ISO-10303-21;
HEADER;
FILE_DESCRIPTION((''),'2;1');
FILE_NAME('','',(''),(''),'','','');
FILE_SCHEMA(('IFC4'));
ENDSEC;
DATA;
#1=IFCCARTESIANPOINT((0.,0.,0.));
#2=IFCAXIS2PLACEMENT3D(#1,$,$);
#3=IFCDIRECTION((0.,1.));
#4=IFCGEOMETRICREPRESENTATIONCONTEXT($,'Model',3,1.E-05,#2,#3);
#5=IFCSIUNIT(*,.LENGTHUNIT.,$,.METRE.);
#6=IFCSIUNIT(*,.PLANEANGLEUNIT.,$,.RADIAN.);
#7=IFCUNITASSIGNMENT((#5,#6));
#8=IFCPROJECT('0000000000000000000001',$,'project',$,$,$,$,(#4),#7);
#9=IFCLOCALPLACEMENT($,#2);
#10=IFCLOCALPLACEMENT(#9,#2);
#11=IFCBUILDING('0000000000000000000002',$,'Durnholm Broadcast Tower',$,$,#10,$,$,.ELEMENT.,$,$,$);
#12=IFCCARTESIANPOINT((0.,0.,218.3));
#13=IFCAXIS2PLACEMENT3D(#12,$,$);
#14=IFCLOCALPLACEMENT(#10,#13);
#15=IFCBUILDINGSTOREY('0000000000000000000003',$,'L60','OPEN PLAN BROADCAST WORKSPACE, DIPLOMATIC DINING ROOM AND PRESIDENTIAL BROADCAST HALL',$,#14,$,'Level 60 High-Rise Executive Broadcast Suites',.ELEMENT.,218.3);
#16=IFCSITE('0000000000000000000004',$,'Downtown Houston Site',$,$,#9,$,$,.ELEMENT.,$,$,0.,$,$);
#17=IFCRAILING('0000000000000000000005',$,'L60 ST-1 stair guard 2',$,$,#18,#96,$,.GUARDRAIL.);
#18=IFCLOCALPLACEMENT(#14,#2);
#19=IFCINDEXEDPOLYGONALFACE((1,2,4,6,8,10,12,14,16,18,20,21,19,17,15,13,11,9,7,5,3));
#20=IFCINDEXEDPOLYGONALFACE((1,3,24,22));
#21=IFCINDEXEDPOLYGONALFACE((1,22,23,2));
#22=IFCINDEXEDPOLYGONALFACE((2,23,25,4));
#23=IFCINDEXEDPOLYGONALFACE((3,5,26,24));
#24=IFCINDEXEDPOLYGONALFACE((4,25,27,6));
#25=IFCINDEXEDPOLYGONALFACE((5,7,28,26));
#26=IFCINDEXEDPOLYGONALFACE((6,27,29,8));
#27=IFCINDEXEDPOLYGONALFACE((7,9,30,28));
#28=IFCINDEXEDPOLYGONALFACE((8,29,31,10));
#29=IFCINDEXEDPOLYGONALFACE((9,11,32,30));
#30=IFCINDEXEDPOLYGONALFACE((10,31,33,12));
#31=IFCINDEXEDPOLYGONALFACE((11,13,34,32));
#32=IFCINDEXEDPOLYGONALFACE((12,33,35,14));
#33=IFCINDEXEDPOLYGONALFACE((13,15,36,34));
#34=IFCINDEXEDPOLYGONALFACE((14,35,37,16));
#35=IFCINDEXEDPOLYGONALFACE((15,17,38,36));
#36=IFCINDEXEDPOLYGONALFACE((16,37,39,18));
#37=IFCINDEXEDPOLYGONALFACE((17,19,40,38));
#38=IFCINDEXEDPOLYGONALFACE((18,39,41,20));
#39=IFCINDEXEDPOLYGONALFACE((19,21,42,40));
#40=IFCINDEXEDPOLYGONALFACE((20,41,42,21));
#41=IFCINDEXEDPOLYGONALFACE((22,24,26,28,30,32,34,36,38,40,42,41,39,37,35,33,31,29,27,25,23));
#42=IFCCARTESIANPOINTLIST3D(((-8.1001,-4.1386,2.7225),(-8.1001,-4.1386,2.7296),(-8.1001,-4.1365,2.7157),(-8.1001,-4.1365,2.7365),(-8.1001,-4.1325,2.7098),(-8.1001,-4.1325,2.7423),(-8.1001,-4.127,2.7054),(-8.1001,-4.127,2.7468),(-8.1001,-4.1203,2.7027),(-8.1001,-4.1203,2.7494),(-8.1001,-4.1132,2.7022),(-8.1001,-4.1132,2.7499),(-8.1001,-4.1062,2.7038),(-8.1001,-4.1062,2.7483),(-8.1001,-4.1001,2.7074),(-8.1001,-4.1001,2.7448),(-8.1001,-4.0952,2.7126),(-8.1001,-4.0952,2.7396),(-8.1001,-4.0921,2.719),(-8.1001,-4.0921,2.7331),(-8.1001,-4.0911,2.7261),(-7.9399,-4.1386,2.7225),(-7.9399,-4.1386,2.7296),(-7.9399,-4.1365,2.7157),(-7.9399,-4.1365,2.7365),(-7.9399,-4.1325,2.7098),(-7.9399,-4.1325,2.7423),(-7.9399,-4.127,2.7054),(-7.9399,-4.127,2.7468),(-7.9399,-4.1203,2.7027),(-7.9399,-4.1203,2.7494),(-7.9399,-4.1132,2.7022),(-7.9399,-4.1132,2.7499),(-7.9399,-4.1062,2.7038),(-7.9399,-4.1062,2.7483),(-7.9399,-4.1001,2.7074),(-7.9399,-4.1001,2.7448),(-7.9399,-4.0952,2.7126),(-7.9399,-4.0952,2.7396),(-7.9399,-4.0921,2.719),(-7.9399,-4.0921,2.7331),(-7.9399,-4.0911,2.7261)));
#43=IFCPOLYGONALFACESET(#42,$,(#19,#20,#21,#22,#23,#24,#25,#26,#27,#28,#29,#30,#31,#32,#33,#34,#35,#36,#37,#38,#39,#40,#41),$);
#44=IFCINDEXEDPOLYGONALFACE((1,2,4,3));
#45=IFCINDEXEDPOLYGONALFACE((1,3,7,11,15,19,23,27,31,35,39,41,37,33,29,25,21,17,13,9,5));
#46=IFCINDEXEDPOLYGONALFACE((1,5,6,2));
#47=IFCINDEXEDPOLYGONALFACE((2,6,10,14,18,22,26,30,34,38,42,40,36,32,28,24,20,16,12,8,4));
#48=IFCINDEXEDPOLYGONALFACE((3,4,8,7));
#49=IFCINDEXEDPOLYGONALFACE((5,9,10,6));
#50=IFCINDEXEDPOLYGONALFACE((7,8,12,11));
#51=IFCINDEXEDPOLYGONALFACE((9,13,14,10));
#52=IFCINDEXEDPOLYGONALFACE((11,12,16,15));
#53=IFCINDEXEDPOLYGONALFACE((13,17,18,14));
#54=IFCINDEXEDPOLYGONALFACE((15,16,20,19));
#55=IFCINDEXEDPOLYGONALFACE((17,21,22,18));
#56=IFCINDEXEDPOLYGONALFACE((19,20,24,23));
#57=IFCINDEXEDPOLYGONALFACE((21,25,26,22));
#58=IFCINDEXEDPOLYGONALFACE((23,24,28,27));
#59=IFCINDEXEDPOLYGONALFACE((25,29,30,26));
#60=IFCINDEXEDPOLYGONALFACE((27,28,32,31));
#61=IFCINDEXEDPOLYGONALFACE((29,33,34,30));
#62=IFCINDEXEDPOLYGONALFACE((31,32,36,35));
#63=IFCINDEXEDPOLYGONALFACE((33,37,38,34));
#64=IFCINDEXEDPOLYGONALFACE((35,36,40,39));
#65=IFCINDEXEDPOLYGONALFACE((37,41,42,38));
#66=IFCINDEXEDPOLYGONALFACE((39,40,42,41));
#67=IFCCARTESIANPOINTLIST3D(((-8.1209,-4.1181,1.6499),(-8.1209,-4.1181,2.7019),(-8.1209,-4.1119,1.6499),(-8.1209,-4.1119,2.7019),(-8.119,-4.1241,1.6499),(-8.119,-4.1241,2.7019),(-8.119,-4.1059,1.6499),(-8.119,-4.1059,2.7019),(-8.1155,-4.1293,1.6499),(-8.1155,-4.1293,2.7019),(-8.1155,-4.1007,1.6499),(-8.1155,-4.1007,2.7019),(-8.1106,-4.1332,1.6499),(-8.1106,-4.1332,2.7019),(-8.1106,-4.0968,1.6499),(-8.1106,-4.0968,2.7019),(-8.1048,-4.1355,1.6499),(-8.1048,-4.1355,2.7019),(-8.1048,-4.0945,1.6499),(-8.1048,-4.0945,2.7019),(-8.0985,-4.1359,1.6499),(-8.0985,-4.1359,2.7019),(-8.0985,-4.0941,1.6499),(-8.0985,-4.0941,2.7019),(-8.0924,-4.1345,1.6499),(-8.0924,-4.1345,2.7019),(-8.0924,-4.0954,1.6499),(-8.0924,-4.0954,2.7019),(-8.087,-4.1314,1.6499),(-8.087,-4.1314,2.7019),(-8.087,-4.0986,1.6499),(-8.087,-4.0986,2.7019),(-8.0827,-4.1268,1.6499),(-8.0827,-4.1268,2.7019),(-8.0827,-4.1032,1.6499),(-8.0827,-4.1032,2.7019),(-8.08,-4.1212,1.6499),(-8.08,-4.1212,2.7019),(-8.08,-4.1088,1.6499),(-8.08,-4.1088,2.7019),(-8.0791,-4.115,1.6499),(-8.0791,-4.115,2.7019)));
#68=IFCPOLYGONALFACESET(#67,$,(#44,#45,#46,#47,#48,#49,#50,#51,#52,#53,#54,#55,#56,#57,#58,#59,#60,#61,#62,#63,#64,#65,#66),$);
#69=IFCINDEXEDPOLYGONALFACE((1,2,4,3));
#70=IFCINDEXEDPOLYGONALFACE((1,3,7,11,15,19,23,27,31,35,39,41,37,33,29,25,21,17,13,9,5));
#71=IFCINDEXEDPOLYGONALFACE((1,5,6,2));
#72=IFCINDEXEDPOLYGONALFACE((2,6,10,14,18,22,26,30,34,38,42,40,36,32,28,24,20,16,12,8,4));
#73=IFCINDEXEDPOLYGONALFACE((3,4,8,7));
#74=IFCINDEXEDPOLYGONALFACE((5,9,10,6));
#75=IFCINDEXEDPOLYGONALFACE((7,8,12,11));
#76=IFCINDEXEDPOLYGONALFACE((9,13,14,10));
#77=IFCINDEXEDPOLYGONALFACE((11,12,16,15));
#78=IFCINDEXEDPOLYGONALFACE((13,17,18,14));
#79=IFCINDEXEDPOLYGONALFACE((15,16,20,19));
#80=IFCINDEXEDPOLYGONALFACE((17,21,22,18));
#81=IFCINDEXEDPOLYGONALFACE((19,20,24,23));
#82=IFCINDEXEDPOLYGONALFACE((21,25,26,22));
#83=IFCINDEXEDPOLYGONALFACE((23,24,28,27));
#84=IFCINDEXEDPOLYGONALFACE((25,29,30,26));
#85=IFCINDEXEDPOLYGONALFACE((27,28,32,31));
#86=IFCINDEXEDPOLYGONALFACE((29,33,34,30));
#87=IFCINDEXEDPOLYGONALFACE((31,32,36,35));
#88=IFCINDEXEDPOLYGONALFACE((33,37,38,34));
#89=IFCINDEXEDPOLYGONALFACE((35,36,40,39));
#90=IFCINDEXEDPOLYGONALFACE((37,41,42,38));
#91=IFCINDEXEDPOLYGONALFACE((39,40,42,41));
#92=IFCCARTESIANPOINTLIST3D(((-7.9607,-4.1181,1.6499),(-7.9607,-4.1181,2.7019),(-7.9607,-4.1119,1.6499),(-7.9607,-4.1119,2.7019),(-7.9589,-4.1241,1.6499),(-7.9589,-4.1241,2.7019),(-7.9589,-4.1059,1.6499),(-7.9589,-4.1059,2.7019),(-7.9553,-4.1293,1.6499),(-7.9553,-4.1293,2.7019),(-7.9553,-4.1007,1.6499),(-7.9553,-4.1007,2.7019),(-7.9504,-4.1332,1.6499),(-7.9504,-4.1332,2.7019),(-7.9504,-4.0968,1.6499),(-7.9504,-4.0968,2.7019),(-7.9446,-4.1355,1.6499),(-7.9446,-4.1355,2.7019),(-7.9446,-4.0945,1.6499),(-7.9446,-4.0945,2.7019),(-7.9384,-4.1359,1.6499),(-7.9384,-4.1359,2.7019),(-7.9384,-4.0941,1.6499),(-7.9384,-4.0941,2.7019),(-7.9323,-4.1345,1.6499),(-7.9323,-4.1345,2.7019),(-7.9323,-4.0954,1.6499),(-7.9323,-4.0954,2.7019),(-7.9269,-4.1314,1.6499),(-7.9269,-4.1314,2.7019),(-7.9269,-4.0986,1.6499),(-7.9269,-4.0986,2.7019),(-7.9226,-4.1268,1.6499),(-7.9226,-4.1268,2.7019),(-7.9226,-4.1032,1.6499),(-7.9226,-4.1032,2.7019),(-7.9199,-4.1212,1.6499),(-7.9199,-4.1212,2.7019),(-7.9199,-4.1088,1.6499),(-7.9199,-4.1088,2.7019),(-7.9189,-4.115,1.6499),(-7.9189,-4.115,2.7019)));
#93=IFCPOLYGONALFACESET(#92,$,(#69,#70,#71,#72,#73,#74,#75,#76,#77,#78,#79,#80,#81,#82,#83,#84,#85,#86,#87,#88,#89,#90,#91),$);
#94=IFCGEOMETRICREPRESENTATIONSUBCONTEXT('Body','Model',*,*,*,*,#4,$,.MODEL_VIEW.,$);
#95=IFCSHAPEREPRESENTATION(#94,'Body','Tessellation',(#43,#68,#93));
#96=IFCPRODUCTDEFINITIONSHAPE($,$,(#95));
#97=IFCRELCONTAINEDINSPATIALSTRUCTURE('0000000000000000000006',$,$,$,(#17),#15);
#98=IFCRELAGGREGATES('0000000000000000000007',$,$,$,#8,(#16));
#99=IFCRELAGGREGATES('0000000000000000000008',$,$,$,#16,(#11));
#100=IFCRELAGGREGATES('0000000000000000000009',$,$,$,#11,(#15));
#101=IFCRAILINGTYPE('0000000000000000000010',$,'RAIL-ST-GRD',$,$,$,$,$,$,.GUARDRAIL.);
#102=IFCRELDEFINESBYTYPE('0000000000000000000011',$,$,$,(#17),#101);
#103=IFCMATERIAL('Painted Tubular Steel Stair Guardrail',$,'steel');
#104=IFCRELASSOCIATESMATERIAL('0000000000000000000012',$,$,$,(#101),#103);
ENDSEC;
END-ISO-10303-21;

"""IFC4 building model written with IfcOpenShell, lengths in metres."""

from ifc_helpers import new_model, si_unit, direction, frame, origin, origin_2d, place, context, subcontext, project, spatial, circle, extrude, material, type_object, element, save


model = new_model("IFC4")

# Units and contexts
model_context = context("Model", 3, precision=1e-05, world=origin(), true_north=direction((0.0, 1.0)))
body_context = subcontext(model_context, "Body", "Model", "MODEL_VIEW")
ifc_project = project(units=[si_unit("LENGTHUNIT", "METRE"), si_unit("PLANEANGLEUNIT", "RADIAN")], contexts=[model_context])

# Site, building, storey
site_placement = place(None, origin())
site = spatial("IfcSite", under=ifc_project, at=site_placement, Name="Downtown Houston Site", CompositionType="ELEMENT", RefElevation=0.0)
building_placement = place(site_placement, origin())
building = spatial("IfcBuilding", under=site, at=building_placement, Name="Durnholm Broadcast Tower", CompositionType="ELEMENT")
storey_placement = place(building_placement, frame((0.0, 0.0, 218.3)))
storey = spatial("IfcBuildingStorey", under=building, at=storey_placement, Name="L60", Description="OPEN PLAN BROADCAST WORKSPACE, DIPLOMATIC DINING ROOM AND PRESIDENTIAL BROADCAST HALL", LongName="Level 60 High-Rise Executive Broadcast Suites", CompositionType="ELEMENT", Elevation=218.3)

# Railing
ifc_material_1 = material(Name="Painted Tubular Steel Stair Guardrail", Category="steel")
railing_type_1 = type_object("IfcRailingType", Name="RAIL-ST-GRD", PredefinedType="GUARDRAIL", material=ifc_material_1)
railing_1_placement = place(storey_placement, frame((-8.1001, -4.115, 1.6499)))
element("IfcRailing", 1, at=railing_1_placement, inside=storey, type_object=railing_type_1, Name="L60 ST-1 stair guard 2", PredefinedType="GUARDRAIL", context=body_context, shape_type="SweptSolid", body=[
    extrude(circle(Radius=0.0239, at=origin_2d()), frame((0.0, 0.0, 1.0762), z_axis=(1.0, 0.0, 0.0), x_axis=(0.0, 1.0, 0.0)), (0.0, 0.0, 1.0), 0.1602),
    extrude(circle(Radius=0.021, at=origin_2d()), origin(), (0.0, 0.0, 1.0), 1.052),
    extrude(circle(Radius=0.021, at=origin_2d()), frame((0.1602, 0.0, 0.0)), (0.0, 0.0, 1.0), 1.052),
])

save(model, "model.ifc")
